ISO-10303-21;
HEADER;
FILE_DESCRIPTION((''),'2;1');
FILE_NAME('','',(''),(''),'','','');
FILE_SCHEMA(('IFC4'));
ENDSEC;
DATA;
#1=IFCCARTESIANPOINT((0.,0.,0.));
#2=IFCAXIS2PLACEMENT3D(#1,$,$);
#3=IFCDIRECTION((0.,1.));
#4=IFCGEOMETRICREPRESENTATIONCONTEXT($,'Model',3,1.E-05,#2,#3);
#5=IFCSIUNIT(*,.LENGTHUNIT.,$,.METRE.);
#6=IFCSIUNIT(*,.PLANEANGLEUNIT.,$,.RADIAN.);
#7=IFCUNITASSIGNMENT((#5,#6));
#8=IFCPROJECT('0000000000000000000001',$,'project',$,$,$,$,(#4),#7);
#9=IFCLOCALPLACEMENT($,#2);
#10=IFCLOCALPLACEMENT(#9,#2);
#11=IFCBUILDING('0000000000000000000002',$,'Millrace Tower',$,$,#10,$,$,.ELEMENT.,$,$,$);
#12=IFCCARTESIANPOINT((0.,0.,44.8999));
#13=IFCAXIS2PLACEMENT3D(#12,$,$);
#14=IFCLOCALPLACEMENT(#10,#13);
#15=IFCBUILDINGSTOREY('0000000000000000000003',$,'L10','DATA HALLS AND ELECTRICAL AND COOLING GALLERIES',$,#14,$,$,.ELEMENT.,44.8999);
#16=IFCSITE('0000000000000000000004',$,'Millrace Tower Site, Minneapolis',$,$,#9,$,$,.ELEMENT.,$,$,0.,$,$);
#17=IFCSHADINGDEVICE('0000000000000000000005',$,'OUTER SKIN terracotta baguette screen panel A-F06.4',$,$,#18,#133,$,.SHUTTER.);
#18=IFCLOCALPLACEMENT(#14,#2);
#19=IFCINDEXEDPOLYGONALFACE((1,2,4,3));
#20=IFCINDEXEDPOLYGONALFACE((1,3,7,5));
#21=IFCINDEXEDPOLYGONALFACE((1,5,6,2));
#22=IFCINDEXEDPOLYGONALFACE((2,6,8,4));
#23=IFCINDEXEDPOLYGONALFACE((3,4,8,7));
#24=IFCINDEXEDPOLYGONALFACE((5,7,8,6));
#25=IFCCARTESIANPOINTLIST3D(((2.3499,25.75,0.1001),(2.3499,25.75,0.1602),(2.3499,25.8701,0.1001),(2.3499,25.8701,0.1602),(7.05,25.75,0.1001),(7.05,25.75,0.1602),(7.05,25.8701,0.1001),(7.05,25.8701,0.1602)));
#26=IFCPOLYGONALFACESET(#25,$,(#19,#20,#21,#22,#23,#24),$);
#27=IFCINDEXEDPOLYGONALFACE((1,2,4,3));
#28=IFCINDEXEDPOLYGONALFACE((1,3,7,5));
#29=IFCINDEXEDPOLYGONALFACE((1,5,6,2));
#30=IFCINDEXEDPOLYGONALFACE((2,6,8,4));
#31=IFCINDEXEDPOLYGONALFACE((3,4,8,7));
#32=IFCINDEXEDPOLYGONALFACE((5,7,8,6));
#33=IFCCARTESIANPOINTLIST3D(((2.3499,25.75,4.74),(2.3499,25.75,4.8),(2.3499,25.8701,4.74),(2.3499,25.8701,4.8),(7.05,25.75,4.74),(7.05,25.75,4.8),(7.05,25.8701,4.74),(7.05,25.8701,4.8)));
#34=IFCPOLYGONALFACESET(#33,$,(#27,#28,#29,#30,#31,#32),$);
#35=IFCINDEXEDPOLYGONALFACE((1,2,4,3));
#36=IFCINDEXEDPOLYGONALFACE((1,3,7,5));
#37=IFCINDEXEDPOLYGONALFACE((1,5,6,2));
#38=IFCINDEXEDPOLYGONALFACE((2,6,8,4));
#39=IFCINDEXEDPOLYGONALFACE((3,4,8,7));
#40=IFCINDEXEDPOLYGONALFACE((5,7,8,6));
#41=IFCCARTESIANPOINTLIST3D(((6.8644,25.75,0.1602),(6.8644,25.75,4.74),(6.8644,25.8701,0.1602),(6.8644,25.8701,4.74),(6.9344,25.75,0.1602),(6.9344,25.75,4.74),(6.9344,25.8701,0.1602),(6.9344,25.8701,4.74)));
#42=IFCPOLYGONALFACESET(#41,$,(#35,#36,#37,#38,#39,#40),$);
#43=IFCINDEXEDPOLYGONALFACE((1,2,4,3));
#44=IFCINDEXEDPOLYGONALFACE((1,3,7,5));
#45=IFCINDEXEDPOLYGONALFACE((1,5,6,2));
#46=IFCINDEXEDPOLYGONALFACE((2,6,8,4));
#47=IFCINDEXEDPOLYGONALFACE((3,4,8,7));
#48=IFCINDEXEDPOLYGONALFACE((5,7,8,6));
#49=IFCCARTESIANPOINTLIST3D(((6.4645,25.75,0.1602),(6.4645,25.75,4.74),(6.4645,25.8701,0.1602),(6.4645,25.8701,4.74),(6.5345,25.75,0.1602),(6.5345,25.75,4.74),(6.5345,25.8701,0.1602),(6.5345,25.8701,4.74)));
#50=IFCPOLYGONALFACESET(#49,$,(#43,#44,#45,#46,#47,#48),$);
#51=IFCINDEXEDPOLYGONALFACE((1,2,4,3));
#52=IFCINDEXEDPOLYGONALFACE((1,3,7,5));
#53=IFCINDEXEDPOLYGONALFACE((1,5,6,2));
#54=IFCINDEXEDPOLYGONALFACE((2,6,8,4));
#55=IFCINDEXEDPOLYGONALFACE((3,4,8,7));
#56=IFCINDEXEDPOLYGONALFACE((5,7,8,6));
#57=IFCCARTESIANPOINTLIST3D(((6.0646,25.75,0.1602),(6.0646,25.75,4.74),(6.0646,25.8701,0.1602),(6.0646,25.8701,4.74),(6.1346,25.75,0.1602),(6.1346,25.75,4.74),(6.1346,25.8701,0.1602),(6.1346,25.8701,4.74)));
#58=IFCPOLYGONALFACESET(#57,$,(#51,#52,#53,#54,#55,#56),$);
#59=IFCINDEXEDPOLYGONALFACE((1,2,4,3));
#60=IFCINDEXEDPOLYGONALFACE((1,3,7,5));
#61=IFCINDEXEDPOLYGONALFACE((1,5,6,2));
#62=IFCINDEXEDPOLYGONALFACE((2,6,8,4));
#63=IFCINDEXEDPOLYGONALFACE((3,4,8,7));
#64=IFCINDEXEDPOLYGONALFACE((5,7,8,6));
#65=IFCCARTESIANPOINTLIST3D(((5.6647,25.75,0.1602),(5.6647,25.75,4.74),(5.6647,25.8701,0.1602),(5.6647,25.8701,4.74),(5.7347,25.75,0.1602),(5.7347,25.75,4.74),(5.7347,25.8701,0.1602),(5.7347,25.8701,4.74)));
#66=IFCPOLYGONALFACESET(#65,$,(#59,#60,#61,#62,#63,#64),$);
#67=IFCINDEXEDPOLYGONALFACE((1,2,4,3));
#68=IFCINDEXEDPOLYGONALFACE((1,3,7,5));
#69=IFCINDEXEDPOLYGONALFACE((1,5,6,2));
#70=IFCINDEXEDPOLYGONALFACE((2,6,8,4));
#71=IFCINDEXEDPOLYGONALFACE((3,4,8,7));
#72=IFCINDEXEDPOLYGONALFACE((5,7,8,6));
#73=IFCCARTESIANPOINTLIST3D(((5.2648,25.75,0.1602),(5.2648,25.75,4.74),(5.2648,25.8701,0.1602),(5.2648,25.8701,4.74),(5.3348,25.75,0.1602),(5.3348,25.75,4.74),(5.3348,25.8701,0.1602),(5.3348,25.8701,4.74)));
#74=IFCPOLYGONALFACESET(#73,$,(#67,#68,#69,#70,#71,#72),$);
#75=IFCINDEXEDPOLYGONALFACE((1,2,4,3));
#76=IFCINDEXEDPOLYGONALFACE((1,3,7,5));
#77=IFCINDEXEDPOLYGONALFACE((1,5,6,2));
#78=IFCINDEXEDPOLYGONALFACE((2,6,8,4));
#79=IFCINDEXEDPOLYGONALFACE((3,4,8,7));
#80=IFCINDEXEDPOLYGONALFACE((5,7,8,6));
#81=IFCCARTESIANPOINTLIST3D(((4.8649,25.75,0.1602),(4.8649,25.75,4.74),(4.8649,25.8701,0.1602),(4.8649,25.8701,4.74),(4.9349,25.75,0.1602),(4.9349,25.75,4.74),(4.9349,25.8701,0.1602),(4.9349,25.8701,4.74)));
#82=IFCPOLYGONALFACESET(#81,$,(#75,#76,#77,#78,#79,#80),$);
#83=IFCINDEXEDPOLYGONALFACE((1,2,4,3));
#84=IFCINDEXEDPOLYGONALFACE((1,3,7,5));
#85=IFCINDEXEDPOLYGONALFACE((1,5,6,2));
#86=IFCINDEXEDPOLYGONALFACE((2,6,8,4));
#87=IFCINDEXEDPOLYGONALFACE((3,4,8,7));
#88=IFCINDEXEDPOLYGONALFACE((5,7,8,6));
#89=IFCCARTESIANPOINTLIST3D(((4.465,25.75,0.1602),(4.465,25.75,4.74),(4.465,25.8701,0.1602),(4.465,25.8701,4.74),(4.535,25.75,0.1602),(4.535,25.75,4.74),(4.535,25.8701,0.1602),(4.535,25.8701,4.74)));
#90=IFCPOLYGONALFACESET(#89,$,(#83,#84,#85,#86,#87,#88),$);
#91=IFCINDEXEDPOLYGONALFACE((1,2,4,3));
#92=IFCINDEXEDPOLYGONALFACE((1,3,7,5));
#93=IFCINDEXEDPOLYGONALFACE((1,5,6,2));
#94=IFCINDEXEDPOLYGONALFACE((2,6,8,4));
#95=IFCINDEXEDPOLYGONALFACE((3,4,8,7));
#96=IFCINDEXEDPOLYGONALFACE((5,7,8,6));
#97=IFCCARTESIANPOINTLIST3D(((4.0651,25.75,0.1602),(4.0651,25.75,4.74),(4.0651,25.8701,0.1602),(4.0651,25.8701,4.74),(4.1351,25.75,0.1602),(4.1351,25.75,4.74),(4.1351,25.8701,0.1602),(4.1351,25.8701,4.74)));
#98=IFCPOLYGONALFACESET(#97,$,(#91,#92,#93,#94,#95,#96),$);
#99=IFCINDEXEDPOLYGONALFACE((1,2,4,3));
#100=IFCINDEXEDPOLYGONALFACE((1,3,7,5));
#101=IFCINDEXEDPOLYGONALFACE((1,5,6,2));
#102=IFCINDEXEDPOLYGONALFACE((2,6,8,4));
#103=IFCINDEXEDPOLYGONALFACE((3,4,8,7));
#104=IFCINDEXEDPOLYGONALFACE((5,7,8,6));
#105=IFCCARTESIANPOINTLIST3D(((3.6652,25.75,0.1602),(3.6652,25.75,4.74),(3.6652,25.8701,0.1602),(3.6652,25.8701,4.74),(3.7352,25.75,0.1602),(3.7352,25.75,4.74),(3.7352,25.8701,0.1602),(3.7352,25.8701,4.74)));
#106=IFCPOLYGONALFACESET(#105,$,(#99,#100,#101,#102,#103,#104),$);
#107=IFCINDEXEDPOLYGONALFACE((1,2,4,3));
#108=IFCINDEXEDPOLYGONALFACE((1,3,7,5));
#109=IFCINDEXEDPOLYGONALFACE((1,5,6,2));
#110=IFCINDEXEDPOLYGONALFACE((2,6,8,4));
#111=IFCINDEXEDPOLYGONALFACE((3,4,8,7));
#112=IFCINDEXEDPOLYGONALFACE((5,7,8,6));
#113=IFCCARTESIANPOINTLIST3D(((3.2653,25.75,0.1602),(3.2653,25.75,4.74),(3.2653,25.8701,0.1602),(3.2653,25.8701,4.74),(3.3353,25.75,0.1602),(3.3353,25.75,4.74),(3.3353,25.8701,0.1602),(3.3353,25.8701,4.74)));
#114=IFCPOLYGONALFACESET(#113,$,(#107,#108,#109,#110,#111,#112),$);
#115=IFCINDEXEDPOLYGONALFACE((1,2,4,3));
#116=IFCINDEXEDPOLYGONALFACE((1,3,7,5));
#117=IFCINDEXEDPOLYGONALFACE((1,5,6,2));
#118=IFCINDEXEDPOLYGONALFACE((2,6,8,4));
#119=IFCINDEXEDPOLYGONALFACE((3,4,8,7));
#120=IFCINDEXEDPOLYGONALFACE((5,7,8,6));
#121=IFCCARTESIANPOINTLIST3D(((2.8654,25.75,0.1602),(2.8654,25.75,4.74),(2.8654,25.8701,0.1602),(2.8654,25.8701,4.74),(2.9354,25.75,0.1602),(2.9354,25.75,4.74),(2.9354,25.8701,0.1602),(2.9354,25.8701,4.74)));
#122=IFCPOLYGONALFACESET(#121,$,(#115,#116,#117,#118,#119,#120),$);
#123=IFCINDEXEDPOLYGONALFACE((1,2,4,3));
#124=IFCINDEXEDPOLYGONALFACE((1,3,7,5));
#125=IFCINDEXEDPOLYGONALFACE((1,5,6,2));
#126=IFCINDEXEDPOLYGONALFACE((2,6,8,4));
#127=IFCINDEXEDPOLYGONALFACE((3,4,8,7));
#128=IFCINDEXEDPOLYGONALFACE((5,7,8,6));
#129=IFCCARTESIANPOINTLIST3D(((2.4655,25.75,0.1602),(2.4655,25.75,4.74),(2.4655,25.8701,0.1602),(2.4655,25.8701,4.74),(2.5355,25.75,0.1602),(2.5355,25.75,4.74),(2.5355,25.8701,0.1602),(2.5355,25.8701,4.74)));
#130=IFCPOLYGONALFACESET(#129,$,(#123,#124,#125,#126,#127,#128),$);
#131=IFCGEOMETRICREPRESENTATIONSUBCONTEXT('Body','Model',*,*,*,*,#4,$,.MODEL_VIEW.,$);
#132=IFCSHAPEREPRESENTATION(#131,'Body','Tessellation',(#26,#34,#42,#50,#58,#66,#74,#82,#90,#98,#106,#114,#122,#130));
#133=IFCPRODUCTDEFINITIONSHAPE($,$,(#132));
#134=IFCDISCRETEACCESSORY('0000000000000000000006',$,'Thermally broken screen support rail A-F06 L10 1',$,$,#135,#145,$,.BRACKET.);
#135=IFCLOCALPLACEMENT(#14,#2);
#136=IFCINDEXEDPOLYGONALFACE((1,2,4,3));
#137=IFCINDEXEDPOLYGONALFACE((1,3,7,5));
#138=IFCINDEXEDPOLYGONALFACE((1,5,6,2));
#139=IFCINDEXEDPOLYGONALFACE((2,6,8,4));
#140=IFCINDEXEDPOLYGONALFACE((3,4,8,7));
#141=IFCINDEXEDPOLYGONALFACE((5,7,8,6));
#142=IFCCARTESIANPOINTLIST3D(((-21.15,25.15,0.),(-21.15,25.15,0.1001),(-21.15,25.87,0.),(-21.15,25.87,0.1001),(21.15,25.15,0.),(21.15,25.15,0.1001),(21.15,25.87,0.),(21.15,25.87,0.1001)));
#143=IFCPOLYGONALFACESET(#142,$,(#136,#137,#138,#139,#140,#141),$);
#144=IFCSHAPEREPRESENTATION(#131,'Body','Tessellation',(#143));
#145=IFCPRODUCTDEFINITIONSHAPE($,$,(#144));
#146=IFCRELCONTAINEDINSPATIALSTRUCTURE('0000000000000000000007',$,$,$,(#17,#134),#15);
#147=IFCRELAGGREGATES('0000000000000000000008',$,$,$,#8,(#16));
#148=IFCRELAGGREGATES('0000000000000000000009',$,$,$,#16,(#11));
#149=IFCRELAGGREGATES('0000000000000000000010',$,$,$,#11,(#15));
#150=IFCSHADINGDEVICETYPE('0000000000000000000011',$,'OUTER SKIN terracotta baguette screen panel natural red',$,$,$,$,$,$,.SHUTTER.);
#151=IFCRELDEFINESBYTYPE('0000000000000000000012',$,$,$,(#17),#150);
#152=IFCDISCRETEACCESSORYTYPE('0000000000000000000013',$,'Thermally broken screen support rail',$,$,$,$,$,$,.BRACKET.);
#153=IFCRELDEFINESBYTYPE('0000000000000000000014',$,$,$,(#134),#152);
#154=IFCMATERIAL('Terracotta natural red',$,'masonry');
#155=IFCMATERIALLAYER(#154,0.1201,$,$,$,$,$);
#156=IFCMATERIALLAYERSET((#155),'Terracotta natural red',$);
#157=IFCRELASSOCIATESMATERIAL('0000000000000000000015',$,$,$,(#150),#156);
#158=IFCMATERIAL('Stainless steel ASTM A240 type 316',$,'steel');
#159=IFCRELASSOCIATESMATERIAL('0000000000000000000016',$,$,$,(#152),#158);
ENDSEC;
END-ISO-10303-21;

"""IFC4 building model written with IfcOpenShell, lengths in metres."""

from ifc_helpers import new_model, entity, si_unit, direction, frame, frame_2d, origin, origin_2d, place, context, subcontext, project, spatial, rectangle, extrude, source, transform, mapped, material, layer, layer_set, type_object, element, save


model = new_model("IFC4")

# Units and contexts
model_context = context("Model", 3, precision=1e-05, world=origin(), true_north=direction((0.0, 1.0)))
body_context = subcontext(model_context, "Body", "Model", "MODEL_VIEW")
ifc_project = project(units=[si_unit("LENGTHUNIT", "METRE"), si_unit("PLANEANGLEUNIT", "RADIAN")], contexts=[model_context])

# Site, building, storey
site_placement = place(None, origin())
site = spatial("IfcSite", under=ifc_project, at=site_placement, Name="Millrace Tower Site, Minneapolis", CompositionType="ELEMENT", RefElevation=0.0)
building_placement = place(site_placement, origin())
building = spatial("IfcBuilding", under=site, at=building_placement, Name="Millrace Tower", CompositionType="ELEMENT")
storey_placement = place(building_placement, frame((0.0, 0.0, 44.8999)))
storey = spatial("IfcBuildingStorey", under=building, at=storey_placement, Name="L10", Description="DATA HALLS AND ELECTRICAL AND COOLING GALLERIES", CompositionType="ELEMENT", Elevation=44.8999)

# Shading device
cartesian_point = entity("IfcCartesianPoint", [-2.3501, 0.0601])
shared_polyline = entity("IfcPolyline", [cartesian_point, entity("IfcCartesianPoint", [2.3501, 0.0601]), entity("IfcCartesianPoint", [2.3501, -0.0601]), entity("IfcCartesianPoint", [-2.3501, -0.0601]), cartesian_point])
ifc_material_1 = material(Name="Terracotta natural red", Category="masonry")
ifc_layer_1 = layer(ifc_material_1, 0.1201)
ifc_layer_set_1 = layer_set([ifc_layer_1], Name="Terracotta natural red")
shading_device_type_1 = type_object("IfcShadingDeviceType", Name="OUTER SKIN terracotta baguette screen panel natural red", PredefinedType="SHUTTER", material=ifc_layer_set_1)
shared_shape_1 = source(origin(), body_context, "Body", "SweptSolid", [
    entity("IfcExtrudedAreaSolid", entity("IfcArbitraryClosedProfileDef", "AREA", None, shared_polyline), entity("IfcAxis2Placement3D", entity("IfcCartesianPoint", [0.0, 0.0, 0.0])), entity("IfcDirection", [0.0, 0.0, 1.0]), 0.0601),
    entity("IfcExtrudedAreaSolid", entity("IfcArbitraryClosedProfileDef", "AREA", None, shared_polyline), entity("IfcAxis2Placement3D", entity("IfcCartesianPoint", [0.0, 0.0, 4.6399])), entity("IfcDirection", [0.0, 0.0, 1.0]), 0.0601),
    extrude(rectangle(XDim=0.0701, YDim=0.1201, at=frame_2d((-2.1995, 0.0))), frame((0.0, 0.0, 0.0601)), (0.0, 0.0, 1.0), 4.5798),
    extrude(rectangle(XDim=0.0701, YDim=0.1201, at=frame_2d((-1.7996, 0.0))), frame((0.0, 0.0, 0.0601)), (0.0, 0.0, 1.0), 4.5798),
    extrude(rectangle(XDim=0.0701, YDim=0.1201, at=frame_2d((-1.3997, 0.0))), frame((0.0, 0.0, 0.0601)), (0.0, 0.0, 1.0), 4.5798),
    extrude(rectangle(XDim=0.0701, YDim=0.1201, at=frame_2d((-0.9998, 0.0))), frame((0.0, 0.0, 0.0601)), (0.0, 0.0, 1.0), 4.5798),
    extrude(rectangle(XDim=0.0701, YDim=0.1201, at=frame_2d((-0.5999, 0.0))), frame((0.0, 0.0, 0.0601)), (0.0, 0.0, 1.0), 4.5798),
    extrude(rectangle(XDim=0.0701, YDim=0.1201, at=frame_2d((-0.2, 0.0))), frame((0.0, 0.0, 0.0601)), (0.0, 0.0, 1.0), 4.5798),
    extrude(rectangle(XDim=0.0701, YDim=0.1201, at=frame_2d((0.2, 0.0))), frame((0.0, 0.0, 0.0601)), (0.0, 0.0, 1.0), 4.5798),
    extrude(rectangle(XDim=0.0701, YDim=0.1201, at=frame_2d((0.5999, 0.0))), frame((0.0, 0.0, 0.0601)), (0.0, 0.0, 1.0), 4.5798),
    extrude(rectangle(XDim=0.0701, YDim=0.1201, at=frame_2d((0.9998, 0.0))), frame((0.0, 0.0, 0.0601)), (0.0, 0.0, 1.0), 4.5798),
    extrude(rectangle(XDim=0.0701, YDim=0.1201, at=frame_2d((1.3997, 0.0))), frame((0.0, 0.0, 0.0601)), (0.0, 0.0, 1.0), 4.5798),
    extrude(rectangle(XDim=0.0701, YDim=0.1201, at=frame_2d((1.7996, 0.0))), frame((0.0, 0.0, 0.0601)), (0.0, 0.0, 1.0), 4.5798),
    extrude(rectangle(XDim=0.0701, YDim=0.1201, at=frame_2d((2.1995, 0.0))), frame((0.0, 0.0, 0.0601)), (0.0, 0.0, 1.0), 4.5798),
])
for number, where, z_axis, x_axis, name in (
    (1, (4.7, 25.8101, 0.1001), (0.0, 0.0, 1.0), (-1.0, 0.0, 0.0), "OUTER SKIN terracotta baguette screen panel A-F06.4"),
):
    element("IfcShadingDevice", number, at=place(storey_placement, frame(where, z_axis=z_axis, x_axis=x_axis)), inside=storey, type_object=shading_device_type_1, Name=name, PredefinedType="SHUTTER", context=body_context, shape_type="MappedRepresentation", body=[
        mapped(shared_shape_1, transform((0.0, 0.0, 0.0), scale=1.0)),
    ])

# Discrete accessory
ifc_material_2 = material(Name="Stainless steel ASTM A240 type 316", Category="steel")
discrete_accessory_type = type_object("IfcDiscreteAccessoryType", Name="Thermally broken screen support rail", PredefinedType="BRACKET", material=ifc_material_2)
discrete_accessory_placement = place(storey_placement, frame((0.0, 25.51, 0.0), z_axis=(0.0, 0.0, 1.0), x_axis=(-1.0, 0.0, 0.0)))
element("IfcDiscreteAccessory", 2, at=discrete_accessory_placement, inside=storey, type_object=discrete_accessory_type, Name="Thermally broken screen support rail A-F06 L10 1", PredefinedType="BRACKET", context=body_context, shape_type="SweptSolid", body=[
    extrude(rectangle(XDim=42.3, YDim=0.72, at=origin_2d()), origin(), (0.0, 0.0, 1.0), 0.1001),
])

save(model, "model.ifc")
